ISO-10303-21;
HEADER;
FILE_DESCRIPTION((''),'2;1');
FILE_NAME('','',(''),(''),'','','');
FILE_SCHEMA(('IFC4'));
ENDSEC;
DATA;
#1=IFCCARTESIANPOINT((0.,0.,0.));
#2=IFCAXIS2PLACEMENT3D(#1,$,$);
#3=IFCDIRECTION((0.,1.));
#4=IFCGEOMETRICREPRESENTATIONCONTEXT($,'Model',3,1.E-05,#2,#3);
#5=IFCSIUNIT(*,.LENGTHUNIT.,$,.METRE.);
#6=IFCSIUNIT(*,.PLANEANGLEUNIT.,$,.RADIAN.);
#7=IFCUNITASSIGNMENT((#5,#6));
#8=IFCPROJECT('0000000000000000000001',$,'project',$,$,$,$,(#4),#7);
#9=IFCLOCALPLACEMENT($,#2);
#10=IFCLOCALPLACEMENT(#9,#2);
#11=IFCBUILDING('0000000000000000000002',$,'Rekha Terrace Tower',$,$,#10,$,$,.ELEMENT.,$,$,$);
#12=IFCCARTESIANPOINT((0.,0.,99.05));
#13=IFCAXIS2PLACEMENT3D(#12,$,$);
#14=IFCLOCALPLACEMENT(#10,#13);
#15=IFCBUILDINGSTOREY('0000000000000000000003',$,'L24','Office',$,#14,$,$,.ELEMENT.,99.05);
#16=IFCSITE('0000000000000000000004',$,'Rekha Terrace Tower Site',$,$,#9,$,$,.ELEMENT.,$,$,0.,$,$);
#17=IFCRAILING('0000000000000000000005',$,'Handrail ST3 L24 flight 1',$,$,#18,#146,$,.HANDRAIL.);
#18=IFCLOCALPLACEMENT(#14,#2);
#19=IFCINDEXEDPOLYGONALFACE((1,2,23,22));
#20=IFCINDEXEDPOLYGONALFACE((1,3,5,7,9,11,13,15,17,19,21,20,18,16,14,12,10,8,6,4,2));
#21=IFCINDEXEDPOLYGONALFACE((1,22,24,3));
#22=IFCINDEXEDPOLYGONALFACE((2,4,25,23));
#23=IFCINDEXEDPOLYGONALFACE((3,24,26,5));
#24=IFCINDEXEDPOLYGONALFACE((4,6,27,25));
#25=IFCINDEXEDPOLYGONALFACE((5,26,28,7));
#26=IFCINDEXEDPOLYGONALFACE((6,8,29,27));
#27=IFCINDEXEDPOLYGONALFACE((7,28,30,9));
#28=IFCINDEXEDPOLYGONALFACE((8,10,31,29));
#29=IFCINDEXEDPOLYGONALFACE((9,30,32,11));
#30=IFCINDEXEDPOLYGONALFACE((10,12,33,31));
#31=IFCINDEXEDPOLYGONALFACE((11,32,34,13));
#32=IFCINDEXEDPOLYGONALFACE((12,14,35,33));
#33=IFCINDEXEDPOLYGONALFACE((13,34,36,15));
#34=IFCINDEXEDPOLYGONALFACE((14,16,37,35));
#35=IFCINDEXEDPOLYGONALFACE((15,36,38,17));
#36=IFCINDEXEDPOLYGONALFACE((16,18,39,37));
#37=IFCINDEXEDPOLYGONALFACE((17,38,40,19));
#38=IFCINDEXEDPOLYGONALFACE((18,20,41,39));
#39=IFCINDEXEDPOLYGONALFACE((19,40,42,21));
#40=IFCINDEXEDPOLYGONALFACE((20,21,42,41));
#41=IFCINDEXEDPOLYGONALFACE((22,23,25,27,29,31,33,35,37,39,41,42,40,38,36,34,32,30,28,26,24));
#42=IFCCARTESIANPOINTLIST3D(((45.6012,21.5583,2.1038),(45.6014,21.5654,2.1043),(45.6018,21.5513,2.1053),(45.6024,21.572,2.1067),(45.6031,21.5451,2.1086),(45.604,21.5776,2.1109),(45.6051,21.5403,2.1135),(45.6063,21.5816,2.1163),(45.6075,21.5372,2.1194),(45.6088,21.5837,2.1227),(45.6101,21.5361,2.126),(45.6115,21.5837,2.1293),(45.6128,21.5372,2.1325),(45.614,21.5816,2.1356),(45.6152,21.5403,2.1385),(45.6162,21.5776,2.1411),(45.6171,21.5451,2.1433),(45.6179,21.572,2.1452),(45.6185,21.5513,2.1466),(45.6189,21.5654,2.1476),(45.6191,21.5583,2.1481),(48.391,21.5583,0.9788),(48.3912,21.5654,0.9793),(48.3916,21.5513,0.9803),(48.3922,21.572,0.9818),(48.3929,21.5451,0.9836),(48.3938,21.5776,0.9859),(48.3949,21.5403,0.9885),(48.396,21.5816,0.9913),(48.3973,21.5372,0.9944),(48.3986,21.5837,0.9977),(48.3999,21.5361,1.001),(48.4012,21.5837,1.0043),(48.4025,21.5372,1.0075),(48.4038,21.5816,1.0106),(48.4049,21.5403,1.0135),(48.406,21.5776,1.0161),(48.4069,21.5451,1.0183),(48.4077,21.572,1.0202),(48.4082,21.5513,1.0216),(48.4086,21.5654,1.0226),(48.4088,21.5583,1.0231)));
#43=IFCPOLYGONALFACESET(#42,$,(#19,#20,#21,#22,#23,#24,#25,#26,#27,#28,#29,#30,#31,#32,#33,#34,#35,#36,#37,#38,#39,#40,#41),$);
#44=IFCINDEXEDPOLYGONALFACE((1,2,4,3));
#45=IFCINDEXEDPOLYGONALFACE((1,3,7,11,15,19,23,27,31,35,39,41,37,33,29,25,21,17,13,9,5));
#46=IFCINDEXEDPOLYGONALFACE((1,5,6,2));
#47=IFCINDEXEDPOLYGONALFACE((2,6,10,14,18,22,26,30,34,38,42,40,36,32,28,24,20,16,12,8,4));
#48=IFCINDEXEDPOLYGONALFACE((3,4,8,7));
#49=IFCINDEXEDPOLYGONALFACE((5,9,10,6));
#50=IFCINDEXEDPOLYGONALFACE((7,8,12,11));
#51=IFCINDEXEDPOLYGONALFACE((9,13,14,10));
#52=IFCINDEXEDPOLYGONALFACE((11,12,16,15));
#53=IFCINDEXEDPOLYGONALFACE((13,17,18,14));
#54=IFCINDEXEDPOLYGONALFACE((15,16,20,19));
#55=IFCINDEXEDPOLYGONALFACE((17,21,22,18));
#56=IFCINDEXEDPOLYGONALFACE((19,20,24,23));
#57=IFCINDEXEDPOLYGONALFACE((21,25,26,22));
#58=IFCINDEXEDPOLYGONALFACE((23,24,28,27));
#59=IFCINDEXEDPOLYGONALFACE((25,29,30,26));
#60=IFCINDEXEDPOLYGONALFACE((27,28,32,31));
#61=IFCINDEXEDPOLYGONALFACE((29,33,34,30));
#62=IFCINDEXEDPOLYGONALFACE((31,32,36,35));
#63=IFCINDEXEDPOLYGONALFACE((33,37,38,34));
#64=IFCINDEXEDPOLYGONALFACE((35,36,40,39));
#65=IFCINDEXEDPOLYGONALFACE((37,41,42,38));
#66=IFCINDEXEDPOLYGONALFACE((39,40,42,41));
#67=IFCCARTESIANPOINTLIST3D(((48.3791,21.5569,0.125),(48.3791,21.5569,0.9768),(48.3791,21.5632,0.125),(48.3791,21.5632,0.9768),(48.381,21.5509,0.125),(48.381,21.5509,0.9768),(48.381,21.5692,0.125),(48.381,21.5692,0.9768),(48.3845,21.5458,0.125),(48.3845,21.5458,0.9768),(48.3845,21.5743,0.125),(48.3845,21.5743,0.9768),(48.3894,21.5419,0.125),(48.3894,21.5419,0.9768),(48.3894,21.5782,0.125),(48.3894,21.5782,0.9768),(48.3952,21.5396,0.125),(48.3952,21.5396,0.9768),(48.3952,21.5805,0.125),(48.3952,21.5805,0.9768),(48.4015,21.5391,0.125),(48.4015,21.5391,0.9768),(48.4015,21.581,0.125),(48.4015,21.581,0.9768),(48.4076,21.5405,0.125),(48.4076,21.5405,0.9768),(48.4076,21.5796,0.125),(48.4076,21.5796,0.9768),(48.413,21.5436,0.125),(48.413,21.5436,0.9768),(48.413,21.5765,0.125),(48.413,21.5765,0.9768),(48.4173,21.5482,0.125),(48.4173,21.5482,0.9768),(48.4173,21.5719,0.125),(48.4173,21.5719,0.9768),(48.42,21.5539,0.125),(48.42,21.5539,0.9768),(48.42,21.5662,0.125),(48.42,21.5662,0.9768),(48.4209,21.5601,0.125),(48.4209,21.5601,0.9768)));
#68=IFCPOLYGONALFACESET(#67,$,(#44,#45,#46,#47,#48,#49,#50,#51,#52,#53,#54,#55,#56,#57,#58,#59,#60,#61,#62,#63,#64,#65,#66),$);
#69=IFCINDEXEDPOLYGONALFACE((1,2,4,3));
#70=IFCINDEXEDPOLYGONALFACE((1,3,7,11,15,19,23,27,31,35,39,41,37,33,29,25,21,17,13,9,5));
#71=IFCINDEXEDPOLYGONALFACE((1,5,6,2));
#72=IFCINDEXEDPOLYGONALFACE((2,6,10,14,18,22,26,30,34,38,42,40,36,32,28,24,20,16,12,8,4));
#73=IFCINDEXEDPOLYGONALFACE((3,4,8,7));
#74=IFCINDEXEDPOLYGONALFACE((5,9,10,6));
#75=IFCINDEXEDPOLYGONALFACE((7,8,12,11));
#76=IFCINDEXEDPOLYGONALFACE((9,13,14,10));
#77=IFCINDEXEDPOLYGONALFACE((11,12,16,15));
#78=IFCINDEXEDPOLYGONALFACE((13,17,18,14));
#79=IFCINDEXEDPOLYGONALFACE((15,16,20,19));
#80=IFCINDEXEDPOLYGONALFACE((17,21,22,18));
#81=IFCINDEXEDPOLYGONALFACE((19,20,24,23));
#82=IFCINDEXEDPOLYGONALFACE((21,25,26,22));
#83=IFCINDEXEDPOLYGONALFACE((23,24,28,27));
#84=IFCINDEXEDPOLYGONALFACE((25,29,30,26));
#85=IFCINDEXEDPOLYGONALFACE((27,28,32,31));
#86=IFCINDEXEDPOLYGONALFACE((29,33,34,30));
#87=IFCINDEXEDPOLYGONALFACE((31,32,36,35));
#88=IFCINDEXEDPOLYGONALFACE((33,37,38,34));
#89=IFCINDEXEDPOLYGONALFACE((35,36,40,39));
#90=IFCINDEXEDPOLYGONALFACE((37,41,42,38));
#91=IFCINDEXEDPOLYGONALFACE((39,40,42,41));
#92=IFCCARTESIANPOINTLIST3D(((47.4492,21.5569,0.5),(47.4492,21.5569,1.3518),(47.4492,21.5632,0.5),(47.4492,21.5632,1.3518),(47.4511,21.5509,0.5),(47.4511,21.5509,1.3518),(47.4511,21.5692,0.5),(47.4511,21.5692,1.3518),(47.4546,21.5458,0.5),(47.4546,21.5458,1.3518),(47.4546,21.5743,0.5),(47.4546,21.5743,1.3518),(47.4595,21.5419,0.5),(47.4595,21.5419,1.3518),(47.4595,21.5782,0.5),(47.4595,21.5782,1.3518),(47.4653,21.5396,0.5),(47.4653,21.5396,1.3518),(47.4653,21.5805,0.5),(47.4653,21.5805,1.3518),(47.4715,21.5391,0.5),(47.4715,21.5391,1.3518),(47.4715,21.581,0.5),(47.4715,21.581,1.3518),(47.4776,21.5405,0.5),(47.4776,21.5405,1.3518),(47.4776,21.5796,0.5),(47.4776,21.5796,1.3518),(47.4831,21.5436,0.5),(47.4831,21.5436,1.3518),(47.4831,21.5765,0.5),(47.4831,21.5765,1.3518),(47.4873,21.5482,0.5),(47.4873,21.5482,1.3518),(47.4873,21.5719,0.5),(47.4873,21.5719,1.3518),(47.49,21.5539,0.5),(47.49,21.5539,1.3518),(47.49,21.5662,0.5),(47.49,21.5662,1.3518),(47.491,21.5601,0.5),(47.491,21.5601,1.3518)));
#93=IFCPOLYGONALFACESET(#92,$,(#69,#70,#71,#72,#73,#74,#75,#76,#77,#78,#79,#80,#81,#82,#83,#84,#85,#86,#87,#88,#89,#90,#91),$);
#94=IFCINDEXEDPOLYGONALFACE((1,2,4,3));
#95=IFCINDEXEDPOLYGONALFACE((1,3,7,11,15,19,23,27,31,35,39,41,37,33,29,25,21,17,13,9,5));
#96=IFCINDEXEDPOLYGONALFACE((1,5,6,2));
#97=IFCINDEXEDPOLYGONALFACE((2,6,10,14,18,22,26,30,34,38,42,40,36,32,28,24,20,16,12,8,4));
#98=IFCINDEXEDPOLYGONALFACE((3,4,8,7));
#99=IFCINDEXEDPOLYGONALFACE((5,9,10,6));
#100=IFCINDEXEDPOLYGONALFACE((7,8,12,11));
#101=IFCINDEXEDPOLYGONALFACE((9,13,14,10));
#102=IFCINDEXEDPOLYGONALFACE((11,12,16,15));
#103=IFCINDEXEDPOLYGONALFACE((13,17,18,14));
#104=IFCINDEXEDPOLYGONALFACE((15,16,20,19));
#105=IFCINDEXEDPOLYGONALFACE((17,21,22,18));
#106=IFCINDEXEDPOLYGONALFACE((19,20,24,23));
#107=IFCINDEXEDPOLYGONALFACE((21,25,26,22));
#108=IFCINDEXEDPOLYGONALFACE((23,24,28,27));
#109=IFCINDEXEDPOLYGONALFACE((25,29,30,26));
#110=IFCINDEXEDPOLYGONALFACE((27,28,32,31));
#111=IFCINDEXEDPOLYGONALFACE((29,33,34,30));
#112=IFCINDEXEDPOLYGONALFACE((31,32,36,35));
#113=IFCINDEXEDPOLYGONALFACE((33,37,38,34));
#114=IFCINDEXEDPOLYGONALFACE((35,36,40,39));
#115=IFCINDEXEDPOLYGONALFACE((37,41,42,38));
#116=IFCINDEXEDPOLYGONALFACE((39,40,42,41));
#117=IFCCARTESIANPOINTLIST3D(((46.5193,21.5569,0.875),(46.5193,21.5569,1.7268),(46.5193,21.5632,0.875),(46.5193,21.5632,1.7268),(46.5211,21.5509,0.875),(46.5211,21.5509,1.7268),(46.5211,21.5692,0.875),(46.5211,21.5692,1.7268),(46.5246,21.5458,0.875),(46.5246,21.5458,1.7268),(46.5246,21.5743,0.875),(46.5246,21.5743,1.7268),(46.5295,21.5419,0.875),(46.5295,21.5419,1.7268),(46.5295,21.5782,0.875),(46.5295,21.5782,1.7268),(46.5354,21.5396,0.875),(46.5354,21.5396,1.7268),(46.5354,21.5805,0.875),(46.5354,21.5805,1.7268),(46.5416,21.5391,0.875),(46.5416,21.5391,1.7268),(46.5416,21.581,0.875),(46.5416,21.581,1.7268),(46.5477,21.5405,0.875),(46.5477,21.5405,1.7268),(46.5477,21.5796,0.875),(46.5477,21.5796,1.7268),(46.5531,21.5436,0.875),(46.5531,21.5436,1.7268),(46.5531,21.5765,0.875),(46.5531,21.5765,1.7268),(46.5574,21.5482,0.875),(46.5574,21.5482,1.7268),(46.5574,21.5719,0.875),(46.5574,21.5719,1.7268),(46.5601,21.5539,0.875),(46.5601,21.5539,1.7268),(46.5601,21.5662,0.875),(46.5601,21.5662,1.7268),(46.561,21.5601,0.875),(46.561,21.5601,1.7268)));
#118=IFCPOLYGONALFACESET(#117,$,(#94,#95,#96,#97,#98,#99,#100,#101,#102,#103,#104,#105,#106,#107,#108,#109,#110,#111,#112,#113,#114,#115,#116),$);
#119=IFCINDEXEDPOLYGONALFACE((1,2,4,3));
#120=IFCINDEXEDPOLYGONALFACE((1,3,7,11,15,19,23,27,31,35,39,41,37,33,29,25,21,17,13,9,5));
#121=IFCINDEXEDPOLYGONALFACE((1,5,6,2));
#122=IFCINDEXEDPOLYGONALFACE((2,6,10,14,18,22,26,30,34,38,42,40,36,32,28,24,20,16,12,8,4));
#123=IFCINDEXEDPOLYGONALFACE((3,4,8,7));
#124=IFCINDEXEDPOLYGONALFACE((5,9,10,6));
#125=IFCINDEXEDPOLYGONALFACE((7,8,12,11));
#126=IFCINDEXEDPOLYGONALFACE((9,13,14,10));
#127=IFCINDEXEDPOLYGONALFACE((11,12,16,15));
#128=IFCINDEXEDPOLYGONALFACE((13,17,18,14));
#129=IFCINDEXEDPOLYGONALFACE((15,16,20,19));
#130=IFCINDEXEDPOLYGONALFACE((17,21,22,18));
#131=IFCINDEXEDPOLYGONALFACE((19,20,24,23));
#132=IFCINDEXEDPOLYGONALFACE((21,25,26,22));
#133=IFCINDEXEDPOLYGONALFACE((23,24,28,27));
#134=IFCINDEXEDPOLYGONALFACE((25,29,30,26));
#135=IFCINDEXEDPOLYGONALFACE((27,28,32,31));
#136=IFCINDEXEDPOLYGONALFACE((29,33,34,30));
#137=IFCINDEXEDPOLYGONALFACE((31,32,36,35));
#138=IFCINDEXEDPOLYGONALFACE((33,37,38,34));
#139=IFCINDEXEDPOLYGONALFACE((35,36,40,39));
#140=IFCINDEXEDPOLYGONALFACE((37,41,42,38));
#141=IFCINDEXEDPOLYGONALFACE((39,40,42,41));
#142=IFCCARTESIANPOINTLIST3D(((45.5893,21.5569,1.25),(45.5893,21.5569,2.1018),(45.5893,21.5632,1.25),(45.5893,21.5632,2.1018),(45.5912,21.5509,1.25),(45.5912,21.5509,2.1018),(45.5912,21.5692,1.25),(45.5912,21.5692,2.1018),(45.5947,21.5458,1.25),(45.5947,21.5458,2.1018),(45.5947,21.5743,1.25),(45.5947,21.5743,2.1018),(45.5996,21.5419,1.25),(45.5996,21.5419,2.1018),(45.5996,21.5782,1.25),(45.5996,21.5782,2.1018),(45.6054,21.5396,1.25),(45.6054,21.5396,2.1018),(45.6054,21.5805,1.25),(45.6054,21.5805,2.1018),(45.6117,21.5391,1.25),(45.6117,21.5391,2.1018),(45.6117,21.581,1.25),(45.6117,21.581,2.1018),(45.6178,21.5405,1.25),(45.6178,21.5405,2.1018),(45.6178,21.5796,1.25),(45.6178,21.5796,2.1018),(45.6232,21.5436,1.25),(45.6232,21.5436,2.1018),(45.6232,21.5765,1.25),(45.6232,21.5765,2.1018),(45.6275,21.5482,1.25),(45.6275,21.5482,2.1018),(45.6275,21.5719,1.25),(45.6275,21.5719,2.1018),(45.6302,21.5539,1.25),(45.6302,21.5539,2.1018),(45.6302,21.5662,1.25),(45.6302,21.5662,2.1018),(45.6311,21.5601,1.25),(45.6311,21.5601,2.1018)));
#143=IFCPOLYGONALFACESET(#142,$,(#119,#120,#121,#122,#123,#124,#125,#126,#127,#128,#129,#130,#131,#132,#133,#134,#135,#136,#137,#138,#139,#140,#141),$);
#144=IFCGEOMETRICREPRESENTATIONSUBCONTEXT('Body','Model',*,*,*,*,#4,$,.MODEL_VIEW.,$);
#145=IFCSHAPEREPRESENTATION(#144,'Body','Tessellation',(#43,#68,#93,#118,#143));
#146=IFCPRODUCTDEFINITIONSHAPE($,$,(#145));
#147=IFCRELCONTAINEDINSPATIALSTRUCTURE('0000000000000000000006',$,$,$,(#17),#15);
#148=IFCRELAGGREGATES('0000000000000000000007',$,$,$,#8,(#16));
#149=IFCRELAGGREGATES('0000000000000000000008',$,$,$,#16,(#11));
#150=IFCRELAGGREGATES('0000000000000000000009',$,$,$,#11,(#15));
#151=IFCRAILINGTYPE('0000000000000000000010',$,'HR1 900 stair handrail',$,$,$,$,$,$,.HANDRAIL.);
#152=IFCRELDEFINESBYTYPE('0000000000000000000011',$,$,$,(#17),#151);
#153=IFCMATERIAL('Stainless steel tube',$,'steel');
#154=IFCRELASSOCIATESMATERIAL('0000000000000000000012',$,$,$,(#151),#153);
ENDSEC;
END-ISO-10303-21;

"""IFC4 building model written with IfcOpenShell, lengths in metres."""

from ifc_helpers import new_model, si_unit, direction, frame, origin, origin_2d, place, context, subcontext, project, spatial, circle, extrude, material, type_object, element, save


model = new_model("IFC4")

# Units and contexts
model_context = context("Model", 3, precision=1e-05, world=origin(), true_north=direction((0.0, 1.0)))
body_context = subcontext(model_context, "Body", "Model", "MODEL_VIEW")
ifc_project = project(units=[si_unit("LENGTHUNIT", "METRE"), si_unit("PLANEANGLEUNIT", "RADIAN")], contexts=[model_context])

# Site, building, storey
site_placement = place(None, origin())
site = spatial("IfcSite", under=ifc_project, at=site_placement, Name="Rekha Terrace Tower Site", CompositionType="ELEMENT", RefElevation=0.0)
building_placement = place(site_placement, origin())
building = spatial("IfcBuilding", under=site, at=building_placement, Name="Rekha Terrace Tower", CompositionType="ELEMENT")
storey_placement = place(building_placement, frame((0.0, 0.0, 99.05)))
storey = spatial("IfcBuildingStorey", under=building, at=storey_placement, Name="L24", Description="Office", CompositionType="ELEMENT", Elevation=99.05)

# Railing
ifc_material_1 = material(Name="Stainless steel tube", Category="steel")
railing_type_1 = type_object("IfcRailingType", Name="HR1 900 stair handrail", PredefinedType="HANDRAIL", material=ifc_material_1)
railing_1_placement = place(storey_placement, frame((48.3999, 21.5601, 0.125)))
element("IfcRailing", 1, at=railing_1_placement, inside=storey, type_object=railing_type_1, Name="Handrail ST3 L24 flight 1", PredefinedType="HANDRAIL", context=body_context, shape_type="SweptSolid", body=[
    extrude(circle(Radius=0.0239, at=origin_2d()), frame((0.0, 0.0, 0.876), z_axis=(-0.927432, 0.0, 0.373992), x_axis=(0.0, -1.0, 0.0)), (0.0, 0.0, 1.0), 3.0081),
    extrude(circle(Radius=0.021, at=origin_2d()), origin(), (0.0, 0.0, 1.0), 0.8518),
    extrude(circle(Radius=0.021, at=origin_2d()), frame((-0.9299, 0.0, 0.375)), (0.0, 0.0, 1.0), 0.8518),
    extrude(circle(Radius=0.021, at=origin_2d()), frame((-1.8599, 0.0, 0.75)), (0.0, 0.0, 1.0), 0.8518),
    extrude(circle(Radius=0.021, at=origin_2d()), frame((-2.7898, 0.0, 1.125)), (0.0, 0.0, 1.0), 0.8518),
])

save(model, "model.ifc")
